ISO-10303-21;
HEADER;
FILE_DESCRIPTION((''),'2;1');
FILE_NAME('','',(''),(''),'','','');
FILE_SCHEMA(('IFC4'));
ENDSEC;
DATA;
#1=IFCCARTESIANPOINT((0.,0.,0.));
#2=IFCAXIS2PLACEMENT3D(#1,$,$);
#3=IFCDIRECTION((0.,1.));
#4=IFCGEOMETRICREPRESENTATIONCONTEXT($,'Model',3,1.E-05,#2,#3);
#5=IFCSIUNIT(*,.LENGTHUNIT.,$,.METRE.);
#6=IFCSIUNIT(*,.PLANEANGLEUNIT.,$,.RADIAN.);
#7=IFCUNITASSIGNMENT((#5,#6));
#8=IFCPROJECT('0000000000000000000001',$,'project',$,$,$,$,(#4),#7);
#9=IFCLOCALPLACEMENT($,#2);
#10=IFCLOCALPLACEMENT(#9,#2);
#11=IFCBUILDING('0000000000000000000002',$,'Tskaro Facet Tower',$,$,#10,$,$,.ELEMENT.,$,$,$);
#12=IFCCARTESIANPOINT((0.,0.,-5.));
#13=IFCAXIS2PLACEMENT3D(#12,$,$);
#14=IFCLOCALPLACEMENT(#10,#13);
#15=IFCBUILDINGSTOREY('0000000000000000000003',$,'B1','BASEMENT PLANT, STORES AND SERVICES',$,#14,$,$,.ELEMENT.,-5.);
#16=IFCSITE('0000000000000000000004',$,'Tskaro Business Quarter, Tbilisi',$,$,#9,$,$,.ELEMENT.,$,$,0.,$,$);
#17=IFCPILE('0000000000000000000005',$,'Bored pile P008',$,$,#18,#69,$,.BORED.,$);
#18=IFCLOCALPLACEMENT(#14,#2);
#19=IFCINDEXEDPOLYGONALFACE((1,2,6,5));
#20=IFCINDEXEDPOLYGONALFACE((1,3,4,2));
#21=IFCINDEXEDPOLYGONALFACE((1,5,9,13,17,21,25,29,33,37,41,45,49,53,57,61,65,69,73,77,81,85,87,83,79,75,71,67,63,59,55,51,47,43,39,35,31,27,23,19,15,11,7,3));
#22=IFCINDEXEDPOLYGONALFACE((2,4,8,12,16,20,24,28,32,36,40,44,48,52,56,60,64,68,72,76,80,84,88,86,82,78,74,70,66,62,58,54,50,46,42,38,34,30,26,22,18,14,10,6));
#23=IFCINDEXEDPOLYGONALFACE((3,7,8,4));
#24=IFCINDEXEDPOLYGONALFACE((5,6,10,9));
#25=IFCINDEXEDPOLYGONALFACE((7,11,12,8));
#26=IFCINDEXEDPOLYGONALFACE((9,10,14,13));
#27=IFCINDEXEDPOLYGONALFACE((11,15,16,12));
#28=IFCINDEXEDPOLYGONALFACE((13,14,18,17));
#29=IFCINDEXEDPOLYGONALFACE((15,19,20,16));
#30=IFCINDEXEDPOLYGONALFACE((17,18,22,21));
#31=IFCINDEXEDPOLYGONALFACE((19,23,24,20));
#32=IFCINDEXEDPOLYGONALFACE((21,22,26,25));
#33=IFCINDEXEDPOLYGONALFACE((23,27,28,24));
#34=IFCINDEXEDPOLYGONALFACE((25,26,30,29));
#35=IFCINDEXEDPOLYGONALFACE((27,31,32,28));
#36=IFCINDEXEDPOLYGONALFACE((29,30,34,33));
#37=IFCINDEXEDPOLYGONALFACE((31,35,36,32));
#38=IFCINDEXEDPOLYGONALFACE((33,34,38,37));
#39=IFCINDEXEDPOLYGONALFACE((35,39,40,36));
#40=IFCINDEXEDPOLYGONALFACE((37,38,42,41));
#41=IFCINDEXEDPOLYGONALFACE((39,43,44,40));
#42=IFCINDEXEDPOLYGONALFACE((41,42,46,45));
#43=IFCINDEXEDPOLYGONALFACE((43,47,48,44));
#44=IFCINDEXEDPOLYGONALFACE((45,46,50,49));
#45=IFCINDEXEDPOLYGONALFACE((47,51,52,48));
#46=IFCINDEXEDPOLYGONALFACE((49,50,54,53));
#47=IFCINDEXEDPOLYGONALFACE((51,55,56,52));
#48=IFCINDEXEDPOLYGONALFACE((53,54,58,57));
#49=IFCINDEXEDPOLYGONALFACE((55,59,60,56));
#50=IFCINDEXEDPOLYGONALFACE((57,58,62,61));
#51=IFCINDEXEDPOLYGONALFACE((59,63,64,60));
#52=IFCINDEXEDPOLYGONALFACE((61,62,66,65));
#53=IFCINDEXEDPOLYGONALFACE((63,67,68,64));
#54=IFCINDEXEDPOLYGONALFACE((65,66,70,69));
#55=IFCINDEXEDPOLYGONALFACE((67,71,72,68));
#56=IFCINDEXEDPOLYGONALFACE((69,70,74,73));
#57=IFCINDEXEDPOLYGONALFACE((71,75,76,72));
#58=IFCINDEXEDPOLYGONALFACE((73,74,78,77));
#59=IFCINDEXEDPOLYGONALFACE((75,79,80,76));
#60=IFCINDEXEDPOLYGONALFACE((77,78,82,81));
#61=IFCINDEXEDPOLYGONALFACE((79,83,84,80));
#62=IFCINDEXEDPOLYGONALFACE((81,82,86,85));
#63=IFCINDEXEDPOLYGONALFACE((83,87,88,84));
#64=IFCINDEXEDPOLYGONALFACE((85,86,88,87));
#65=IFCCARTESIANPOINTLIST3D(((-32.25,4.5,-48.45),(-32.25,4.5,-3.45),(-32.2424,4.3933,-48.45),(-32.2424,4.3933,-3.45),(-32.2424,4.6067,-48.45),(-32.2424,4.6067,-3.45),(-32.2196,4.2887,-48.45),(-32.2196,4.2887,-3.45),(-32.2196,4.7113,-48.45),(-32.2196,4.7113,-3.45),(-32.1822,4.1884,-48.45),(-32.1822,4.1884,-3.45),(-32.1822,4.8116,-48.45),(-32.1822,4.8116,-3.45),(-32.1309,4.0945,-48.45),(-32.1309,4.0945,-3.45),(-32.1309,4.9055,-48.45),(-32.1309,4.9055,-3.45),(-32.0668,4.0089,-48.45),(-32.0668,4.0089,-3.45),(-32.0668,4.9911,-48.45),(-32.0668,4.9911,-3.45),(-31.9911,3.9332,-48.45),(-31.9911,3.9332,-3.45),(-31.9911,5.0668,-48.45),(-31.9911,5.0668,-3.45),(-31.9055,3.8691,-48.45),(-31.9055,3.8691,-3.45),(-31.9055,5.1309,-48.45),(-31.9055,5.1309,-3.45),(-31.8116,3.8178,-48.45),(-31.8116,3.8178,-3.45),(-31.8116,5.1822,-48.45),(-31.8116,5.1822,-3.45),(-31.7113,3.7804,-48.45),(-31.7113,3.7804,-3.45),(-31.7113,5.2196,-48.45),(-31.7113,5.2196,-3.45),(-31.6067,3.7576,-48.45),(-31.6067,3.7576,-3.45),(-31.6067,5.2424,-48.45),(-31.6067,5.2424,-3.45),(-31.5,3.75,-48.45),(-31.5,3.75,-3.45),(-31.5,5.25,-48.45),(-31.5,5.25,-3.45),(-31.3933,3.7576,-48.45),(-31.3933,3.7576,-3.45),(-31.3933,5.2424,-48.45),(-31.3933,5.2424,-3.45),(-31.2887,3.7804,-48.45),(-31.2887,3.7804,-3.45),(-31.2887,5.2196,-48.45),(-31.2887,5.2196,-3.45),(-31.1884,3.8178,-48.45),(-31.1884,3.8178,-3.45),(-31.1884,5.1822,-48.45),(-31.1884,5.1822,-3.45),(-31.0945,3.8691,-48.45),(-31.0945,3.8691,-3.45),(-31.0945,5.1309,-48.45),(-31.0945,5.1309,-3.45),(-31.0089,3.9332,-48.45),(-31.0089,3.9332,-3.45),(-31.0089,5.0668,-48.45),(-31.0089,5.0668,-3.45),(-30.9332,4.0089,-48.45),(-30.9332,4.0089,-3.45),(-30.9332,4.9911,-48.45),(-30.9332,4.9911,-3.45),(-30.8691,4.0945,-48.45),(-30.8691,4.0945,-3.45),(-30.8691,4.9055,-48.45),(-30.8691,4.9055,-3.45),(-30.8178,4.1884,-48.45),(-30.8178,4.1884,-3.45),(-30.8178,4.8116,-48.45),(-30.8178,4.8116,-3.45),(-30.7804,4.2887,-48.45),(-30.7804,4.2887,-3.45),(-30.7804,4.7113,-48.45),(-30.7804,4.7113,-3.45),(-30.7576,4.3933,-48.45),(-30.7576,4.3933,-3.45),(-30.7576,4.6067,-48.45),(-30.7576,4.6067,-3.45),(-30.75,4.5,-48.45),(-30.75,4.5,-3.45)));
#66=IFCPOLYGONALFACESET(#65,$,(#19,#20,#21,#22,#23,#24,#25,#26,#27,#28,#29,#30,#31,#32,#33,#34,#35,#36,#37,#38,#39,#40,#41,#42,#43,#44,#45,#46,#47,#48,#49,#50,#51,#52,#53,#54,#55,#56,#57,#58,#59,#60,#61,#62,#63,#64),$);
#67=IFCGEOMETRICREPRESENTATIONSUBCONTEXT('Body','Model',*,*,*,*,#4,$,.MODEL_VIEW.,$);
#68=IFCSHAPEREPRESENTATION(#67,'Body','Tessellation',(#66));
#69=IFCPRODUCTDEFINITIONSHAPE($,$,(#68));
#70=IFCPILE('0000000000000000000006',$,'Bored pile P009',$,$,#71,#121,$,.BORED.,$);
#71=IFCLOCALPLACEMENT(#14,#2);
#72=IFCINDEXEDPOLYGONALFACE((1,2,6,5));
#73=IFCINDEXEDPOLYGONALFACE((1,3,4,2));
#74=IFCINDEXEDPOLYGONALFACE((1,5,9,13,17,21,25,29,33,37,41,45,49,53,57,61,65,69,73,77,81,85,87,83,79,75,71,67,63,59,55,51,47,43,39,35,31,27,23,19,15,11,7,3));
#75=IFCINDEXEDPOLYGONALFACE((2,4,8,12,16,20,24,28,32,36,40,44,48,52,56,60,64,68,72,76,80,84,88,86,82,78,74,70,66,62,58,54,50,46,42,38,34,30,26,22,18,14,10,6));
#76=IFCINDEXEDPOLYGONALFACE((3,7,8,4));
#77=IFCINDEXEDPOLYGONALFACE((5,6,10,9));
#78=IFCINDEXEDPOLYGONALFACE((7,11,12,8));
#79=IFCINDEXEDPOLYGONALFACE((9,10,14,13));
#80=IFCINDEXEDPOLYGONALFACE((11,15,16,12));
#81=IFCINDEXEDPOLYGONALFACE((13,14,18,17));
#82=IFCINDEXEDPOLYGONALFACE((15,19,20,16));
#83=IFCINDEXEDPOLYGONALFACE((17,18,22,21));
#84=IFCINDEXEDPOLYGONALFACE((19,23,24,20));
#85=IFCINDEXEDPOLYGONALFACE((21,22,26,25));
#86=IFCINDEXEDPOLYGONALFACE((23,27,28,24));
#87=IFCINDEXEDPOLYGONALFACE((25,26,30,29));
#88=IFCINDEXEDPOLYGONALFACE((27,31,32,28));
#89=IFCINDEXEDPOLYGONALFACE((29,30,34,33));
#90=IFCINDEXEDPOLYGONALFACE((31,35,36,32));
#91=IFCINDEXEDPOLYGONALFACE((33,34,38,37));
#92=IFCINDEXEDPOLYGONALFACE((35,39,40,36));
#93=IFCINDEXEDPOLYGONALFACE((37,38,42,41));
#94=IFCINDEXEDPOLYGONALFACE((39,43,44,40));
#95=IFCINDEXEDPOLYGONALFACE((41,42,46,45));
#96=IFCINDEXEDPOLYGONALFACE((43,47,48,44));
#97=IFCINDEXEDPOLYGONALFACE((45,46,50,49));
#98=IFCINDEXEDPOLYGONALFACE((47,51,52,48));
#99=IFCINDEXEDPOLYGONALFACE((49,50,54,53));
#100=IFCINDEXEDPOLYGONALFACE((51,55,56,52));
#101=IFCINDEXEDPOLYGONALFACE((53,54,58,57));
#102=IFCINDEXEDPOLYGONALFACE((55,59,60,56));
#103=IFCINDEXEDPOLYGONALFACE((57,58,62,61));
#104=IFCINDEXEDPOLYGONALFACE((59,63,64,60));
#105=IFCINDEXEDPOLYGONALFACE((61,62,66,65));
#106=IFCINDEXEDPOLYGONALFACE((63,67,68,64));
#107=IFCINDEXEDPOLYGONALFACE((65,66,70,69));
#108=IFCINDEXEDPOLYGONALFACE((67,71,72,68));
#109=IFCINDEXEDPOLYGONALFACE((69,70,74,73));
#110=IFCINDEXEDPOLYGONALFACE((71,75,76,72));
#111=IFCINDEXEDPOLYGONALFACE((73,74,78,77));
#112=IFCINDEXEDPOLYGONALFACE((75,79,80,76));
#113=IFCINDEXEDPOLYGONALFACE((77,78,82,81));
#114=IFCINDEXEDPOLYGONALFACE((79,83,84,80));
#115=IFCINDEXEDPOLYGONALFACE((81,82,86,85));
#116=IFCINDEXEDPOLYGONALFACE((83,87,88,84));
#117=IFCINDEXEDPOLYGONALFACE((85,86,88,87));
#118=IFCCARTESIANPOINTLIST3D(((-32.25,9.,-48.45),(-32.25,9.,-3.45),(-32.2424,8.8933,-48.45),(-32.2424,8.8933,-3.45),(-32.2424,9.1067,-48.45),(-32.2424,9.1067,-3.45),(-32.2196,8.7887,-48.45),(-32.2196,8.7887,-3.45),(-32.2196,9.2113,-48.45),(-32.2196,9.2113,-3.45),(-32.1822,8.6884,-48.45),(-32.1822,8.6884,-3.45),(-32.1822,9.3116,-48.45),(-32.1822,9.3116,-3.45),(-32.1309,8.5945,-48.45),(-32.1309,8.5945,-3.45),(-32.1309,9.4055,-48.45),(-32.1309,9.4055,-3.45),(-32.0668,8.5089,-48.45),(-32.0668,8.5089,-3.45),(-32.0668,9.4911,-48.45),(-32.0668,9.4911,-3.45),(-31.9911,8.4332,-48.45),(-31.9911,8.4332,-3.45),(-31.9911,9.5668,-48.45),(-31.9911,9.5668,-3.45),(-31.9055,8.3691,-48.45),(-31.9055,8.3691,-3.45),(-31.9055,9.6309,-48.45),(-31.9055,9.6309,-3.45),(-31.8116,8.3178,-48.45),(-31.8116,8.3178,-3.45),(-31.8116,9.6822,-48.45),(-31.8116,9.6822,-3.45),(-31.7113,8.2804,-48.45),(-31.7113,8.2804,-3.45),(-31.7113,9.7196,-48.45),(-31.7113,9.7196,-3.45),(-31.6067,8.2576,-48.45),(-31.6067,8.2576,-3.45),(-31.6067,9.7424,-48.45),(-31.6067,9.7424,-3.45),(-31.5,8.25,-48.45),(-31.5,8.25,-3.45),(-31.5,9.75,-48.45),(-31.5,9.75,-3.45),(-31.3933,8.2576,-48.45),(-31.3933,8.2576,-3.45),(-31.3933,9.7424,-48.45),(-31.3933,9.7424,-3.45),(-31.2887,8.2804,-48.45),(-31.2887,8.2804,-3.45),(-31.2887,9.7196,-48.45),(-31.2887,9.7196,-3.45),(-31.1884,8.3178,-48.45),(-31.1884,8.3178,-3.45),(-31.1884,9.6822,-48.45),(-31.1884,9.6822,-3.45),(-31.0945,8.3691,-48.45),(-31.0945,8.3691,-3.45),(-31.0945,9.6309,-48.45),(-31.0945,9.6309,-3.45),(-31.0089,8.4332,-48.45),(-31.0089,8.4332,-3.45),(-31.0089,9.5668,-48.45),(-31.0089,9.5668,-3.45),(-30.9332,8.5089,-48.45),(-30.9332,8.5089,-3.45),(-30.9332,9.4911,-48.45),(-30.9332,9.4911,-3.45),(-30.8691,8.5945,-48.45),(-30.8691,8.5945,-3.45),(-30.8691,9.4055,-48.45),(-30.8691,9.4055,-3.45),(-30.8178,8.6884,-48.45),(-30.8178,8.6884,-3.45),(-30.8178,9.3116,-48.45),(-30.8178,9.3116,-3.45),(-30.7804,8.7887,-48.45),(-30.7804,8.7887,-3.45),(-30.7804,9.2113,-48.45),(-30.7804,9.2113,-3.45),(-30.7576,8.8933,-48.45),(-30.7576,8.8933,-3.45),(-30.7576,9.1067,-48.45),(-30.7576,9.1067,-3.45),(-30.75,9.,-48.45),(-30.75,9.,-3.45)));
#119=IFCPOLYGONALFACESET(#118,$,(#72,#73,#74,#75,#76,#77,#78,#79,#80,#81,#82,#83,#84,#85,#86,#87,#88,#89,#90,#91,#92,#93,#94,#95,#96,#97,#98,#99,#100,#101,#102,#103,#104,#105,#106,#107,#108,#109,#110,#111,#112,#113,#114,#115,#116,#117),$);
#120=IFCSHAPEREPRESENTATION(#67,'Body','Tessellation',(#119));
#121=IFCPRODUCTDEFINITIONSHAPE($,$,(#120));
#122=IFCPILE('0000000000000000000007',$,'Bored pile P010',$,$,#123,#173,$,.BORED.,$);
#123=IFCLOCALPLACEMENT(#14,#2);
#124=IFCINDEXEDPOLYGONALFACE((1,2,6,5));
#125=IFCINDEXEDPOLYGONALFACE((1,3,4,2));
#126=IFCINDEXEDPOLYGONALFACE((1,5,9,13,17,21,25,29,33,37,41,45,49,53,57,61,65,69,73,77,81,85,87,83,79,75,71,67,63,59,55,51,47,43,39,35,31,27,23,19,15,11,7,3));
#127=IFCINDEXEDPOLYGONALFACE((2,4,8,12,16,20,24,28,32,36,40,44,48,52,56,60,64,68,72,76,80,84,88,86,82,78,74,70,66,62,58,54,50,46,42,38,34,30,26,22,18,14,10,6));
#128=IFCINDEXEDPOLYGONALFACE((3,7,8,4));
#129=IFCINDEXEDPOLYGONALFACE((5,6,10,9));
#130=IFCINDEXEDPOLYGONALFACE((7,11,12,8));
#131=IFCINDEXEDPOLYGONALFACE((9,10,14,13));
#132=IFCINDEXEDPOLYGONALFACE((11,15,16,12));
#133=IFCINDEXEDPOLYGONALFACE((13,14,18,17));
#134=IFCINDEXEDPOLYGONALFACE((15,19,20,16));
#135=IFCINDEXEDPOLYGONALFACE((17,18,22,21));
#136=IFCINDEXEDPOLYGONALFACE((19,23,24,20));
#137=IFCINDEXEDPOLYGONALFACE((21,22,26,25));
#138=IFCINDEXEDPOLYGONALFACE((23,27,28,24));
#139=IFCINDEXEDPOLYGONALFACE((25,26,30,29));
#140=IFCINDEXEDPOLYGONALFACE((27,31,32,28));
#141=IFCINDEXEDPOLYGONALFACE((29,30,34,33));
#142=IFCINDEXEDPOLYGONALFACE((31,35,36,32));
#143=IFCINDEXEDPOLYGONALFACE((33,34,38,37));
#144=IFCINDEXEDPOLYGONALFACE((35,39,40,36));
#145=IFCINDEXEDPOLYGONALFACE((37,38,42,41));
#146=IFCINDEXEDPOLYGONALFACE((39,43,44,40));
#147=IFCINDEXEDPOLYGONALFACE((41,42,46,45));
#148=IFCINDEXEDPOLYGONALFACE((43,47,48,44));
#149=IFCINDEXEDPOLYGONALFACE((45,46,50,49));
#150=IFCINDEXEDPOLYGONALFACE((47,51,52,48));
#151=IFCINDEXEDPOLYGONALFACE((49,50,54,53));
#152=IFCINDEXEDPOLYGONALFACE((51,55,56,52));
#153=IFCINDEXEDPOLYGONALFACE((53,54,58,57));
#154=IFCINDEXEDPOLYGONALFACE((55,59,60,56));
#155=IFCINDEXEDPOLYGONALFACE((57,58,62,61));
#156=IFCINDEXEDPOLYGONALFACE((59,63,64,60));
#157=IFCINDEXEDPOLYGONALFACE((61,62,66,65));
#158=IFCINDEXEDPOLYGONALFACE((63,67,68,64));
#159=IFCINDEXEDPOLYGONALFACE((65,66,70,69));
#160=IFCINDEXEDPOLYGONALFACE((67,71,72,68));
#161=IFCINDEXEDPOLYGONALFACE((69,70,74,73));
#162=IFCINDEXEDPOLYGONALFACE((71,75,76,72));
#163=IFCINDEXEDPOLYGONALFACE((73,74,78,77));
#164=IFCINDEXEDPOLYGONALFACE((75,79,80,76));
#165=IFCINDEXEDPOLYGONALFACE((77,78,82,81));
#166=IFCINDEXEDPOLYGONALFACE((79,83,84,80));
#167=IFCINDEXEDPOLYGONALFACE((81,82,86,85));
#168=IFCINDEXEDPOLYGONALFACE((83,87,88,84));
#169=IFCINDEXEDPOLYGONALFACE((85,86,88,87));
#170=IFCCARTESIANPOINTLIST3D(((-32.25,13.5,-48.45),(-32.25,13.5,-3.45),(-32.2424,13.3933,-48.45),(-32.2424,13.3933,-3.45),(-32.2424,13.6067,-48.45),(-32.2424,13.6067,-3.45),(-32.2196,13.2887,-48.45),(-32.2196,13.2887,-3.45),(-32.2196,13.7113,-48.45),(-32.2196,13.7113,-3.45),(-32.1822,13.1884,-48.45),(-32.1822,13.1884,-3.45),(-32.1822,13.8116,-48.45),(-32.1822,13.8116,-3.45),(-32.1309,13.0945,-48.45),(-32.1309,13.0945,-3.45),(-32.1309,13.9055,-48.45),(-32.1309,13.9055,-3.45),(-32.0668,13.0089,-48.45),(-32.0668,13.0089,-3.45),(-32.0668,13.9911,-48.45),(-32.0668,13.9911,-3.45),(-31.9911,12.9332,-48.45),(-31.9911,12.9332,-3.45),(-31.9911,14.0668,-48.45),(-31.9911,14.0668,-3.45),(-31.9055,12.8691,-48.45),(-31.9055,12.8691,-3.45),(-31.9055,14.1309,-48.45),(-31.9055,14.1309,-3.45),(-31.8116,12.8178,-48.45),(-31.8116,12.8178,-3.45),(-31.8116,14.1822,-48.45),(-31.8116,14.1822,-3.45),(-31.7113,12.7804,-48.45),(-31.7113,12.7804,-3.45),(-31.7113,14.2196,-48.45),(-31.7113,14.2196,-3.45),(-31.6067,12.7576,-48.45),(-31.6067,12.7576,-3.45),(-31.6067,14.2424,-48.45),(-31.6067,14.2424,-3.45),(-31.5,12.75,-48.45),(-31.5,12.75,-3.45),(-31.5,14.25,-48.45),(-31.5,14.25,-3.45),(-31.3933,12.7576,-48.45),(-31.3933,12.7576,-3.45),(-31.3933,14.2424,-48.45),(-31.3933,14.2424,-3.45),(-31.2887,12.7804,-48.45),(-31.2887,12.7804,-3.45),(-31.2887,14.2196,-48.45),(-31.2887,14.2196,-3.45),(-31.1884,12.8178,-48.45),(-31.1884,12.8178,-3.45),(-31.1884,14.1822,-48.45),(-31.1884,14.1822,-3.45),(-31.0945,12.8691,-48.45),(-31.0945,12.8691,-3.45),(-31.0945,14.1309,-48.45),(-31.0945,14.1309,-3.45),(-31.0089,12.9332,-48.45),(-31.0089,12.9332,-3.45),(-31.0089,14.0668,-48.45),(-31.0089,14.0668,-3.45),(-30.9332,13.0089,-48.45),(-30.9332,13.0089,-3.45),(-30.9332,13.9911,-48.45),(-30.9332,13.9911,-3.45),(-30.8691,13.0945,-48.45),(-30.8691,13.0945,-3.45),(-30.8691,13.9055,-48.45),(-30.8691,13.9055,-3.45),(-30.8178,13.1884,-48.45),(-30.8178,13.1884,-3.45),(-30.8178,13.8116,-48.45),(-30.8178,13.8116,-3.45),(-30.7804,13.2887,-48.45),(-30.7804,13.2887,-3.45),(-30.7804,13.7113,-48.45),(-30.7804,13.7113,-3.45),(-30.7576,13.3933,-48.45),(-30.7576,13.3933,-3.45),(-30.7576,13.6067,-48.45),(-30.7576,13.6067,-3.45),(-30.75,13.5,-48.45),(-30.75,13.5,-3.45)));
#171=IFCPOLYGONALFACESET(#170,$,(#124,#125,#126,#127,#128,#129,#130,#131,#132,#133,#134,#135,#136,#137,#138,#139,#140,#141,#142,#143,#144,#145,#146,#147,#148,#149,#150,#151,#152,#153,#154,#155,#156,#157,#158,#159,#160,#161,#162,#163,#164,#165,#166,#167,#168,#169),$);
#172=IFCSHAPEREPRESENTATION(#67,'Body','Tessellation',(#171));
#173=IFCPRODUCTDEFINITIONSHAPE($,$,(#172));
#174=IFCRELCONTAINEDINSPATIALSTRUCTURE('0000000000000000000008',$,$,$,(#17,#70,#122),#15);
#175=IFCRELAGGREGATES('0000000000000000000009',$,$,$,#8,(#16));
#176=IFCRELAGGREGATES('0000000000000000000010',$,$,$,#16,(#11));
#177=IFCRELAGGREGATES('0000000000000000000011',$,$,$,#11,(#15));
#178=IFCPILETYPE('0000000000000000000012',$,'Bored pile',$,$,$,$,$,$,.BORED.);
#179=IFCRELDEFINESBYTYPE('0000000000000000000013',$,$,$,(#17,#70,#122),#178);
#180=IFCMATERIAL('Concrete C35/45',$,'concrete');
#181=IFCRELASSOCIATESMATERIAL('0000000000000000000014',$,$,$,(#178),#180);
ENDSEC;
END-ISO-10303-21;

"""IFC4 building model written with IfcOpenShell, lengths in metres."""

from ifc_helpers import new_model, si_unit, direction, frame, origin, origin_2d, place, context, subcontext, project, spatial, circle, extrude, material, material_profile, profile_set, type_object, element, save


model = new_model("IFC4")

# Units and contexts
model_context = context("Model", 3, precision=1e-05, world=origin(), true_north=direction((0.0, 1.0)))
body_context = subcontext(model_context, "Body", "Model", "MODEL_VIEW")
ifc_project = project(units=[si_unit("LENGTHUNIT", "METRE"), si_unit("PLANEANGLEUNIT", "RADIAN")], contexts=[model_context])

# Site, building, storey
site_placement = place(None, origin())
site = spatial("IfcSite", under=ifc_project, at=site_placement, Name="Tskaro Business Quarter, Tbilisi", CompositionType="ELEMENT", RefElevation=0.0)
building_placement = place(site_placement, origin())
building = spatial("IfcBuilding", under=site, at=building_placement, Name="Tskaro Facet Tower", CompositionType="ELEMENT")
storey_placement = place(building_placement, frame((0.0, 0.0, -5.0)))
storey = spatial("IfcBuildingStorey", under=building, at=storey_placement, Name="B1", Description="BASEMENT PLANT, STORES AND SERVICES", CompositionType="ELEMENT", Elevation=-5.0)

# Piles
ifc_material_1 = material(Name="Concrete C35/45", Category="concrete")
ifc_material_profile_1 = material_profile(ifc_material_1, circle(Radius=0.75, at=origin_2d()), Name="Bored pile")
ifc_profile_set_1 = profile_set([ifc_material_profile_1], Name="Concrete C35/45")
pile_type = type_object("IfcPileType", Name="Bored pile", PredefinedType="BORED", material=ifc_profile_set_1)
for number, where, z_axis, x_axis, name in (
    (1, (-31.5, 4.5, -3.45), (0.0, 0.0, -1.0), (1.0, 0.0, 0.0), "Bored pile P008"),
    (2, (-31.5, 9.0, -3.45), (0.0, 0.0, -1.0), (1.0, 0.0, 0.0), "Bored pile P009"),
    (3, (-31.5, 13.5, -3.45), (0.0, 0.0, -1.0), (1.0, 0.0, 0.0), "Bored pile P010"),
):
    element("IfcPile", number, at=place(storey_placement, frame(where, z_axis=z_axis, x_axis=x_axis)), inside=storey, type_object=pile_type, Name=name, PredefinedType="BORED", context=body_context, shape_type="SweptSolid", body=[
        extrude(circle(Radius=0.75, at=origin_2d()), origin(), (0.0, 0.0, 1.0), 45.0),
    ])

save(model, "model.ifc")
